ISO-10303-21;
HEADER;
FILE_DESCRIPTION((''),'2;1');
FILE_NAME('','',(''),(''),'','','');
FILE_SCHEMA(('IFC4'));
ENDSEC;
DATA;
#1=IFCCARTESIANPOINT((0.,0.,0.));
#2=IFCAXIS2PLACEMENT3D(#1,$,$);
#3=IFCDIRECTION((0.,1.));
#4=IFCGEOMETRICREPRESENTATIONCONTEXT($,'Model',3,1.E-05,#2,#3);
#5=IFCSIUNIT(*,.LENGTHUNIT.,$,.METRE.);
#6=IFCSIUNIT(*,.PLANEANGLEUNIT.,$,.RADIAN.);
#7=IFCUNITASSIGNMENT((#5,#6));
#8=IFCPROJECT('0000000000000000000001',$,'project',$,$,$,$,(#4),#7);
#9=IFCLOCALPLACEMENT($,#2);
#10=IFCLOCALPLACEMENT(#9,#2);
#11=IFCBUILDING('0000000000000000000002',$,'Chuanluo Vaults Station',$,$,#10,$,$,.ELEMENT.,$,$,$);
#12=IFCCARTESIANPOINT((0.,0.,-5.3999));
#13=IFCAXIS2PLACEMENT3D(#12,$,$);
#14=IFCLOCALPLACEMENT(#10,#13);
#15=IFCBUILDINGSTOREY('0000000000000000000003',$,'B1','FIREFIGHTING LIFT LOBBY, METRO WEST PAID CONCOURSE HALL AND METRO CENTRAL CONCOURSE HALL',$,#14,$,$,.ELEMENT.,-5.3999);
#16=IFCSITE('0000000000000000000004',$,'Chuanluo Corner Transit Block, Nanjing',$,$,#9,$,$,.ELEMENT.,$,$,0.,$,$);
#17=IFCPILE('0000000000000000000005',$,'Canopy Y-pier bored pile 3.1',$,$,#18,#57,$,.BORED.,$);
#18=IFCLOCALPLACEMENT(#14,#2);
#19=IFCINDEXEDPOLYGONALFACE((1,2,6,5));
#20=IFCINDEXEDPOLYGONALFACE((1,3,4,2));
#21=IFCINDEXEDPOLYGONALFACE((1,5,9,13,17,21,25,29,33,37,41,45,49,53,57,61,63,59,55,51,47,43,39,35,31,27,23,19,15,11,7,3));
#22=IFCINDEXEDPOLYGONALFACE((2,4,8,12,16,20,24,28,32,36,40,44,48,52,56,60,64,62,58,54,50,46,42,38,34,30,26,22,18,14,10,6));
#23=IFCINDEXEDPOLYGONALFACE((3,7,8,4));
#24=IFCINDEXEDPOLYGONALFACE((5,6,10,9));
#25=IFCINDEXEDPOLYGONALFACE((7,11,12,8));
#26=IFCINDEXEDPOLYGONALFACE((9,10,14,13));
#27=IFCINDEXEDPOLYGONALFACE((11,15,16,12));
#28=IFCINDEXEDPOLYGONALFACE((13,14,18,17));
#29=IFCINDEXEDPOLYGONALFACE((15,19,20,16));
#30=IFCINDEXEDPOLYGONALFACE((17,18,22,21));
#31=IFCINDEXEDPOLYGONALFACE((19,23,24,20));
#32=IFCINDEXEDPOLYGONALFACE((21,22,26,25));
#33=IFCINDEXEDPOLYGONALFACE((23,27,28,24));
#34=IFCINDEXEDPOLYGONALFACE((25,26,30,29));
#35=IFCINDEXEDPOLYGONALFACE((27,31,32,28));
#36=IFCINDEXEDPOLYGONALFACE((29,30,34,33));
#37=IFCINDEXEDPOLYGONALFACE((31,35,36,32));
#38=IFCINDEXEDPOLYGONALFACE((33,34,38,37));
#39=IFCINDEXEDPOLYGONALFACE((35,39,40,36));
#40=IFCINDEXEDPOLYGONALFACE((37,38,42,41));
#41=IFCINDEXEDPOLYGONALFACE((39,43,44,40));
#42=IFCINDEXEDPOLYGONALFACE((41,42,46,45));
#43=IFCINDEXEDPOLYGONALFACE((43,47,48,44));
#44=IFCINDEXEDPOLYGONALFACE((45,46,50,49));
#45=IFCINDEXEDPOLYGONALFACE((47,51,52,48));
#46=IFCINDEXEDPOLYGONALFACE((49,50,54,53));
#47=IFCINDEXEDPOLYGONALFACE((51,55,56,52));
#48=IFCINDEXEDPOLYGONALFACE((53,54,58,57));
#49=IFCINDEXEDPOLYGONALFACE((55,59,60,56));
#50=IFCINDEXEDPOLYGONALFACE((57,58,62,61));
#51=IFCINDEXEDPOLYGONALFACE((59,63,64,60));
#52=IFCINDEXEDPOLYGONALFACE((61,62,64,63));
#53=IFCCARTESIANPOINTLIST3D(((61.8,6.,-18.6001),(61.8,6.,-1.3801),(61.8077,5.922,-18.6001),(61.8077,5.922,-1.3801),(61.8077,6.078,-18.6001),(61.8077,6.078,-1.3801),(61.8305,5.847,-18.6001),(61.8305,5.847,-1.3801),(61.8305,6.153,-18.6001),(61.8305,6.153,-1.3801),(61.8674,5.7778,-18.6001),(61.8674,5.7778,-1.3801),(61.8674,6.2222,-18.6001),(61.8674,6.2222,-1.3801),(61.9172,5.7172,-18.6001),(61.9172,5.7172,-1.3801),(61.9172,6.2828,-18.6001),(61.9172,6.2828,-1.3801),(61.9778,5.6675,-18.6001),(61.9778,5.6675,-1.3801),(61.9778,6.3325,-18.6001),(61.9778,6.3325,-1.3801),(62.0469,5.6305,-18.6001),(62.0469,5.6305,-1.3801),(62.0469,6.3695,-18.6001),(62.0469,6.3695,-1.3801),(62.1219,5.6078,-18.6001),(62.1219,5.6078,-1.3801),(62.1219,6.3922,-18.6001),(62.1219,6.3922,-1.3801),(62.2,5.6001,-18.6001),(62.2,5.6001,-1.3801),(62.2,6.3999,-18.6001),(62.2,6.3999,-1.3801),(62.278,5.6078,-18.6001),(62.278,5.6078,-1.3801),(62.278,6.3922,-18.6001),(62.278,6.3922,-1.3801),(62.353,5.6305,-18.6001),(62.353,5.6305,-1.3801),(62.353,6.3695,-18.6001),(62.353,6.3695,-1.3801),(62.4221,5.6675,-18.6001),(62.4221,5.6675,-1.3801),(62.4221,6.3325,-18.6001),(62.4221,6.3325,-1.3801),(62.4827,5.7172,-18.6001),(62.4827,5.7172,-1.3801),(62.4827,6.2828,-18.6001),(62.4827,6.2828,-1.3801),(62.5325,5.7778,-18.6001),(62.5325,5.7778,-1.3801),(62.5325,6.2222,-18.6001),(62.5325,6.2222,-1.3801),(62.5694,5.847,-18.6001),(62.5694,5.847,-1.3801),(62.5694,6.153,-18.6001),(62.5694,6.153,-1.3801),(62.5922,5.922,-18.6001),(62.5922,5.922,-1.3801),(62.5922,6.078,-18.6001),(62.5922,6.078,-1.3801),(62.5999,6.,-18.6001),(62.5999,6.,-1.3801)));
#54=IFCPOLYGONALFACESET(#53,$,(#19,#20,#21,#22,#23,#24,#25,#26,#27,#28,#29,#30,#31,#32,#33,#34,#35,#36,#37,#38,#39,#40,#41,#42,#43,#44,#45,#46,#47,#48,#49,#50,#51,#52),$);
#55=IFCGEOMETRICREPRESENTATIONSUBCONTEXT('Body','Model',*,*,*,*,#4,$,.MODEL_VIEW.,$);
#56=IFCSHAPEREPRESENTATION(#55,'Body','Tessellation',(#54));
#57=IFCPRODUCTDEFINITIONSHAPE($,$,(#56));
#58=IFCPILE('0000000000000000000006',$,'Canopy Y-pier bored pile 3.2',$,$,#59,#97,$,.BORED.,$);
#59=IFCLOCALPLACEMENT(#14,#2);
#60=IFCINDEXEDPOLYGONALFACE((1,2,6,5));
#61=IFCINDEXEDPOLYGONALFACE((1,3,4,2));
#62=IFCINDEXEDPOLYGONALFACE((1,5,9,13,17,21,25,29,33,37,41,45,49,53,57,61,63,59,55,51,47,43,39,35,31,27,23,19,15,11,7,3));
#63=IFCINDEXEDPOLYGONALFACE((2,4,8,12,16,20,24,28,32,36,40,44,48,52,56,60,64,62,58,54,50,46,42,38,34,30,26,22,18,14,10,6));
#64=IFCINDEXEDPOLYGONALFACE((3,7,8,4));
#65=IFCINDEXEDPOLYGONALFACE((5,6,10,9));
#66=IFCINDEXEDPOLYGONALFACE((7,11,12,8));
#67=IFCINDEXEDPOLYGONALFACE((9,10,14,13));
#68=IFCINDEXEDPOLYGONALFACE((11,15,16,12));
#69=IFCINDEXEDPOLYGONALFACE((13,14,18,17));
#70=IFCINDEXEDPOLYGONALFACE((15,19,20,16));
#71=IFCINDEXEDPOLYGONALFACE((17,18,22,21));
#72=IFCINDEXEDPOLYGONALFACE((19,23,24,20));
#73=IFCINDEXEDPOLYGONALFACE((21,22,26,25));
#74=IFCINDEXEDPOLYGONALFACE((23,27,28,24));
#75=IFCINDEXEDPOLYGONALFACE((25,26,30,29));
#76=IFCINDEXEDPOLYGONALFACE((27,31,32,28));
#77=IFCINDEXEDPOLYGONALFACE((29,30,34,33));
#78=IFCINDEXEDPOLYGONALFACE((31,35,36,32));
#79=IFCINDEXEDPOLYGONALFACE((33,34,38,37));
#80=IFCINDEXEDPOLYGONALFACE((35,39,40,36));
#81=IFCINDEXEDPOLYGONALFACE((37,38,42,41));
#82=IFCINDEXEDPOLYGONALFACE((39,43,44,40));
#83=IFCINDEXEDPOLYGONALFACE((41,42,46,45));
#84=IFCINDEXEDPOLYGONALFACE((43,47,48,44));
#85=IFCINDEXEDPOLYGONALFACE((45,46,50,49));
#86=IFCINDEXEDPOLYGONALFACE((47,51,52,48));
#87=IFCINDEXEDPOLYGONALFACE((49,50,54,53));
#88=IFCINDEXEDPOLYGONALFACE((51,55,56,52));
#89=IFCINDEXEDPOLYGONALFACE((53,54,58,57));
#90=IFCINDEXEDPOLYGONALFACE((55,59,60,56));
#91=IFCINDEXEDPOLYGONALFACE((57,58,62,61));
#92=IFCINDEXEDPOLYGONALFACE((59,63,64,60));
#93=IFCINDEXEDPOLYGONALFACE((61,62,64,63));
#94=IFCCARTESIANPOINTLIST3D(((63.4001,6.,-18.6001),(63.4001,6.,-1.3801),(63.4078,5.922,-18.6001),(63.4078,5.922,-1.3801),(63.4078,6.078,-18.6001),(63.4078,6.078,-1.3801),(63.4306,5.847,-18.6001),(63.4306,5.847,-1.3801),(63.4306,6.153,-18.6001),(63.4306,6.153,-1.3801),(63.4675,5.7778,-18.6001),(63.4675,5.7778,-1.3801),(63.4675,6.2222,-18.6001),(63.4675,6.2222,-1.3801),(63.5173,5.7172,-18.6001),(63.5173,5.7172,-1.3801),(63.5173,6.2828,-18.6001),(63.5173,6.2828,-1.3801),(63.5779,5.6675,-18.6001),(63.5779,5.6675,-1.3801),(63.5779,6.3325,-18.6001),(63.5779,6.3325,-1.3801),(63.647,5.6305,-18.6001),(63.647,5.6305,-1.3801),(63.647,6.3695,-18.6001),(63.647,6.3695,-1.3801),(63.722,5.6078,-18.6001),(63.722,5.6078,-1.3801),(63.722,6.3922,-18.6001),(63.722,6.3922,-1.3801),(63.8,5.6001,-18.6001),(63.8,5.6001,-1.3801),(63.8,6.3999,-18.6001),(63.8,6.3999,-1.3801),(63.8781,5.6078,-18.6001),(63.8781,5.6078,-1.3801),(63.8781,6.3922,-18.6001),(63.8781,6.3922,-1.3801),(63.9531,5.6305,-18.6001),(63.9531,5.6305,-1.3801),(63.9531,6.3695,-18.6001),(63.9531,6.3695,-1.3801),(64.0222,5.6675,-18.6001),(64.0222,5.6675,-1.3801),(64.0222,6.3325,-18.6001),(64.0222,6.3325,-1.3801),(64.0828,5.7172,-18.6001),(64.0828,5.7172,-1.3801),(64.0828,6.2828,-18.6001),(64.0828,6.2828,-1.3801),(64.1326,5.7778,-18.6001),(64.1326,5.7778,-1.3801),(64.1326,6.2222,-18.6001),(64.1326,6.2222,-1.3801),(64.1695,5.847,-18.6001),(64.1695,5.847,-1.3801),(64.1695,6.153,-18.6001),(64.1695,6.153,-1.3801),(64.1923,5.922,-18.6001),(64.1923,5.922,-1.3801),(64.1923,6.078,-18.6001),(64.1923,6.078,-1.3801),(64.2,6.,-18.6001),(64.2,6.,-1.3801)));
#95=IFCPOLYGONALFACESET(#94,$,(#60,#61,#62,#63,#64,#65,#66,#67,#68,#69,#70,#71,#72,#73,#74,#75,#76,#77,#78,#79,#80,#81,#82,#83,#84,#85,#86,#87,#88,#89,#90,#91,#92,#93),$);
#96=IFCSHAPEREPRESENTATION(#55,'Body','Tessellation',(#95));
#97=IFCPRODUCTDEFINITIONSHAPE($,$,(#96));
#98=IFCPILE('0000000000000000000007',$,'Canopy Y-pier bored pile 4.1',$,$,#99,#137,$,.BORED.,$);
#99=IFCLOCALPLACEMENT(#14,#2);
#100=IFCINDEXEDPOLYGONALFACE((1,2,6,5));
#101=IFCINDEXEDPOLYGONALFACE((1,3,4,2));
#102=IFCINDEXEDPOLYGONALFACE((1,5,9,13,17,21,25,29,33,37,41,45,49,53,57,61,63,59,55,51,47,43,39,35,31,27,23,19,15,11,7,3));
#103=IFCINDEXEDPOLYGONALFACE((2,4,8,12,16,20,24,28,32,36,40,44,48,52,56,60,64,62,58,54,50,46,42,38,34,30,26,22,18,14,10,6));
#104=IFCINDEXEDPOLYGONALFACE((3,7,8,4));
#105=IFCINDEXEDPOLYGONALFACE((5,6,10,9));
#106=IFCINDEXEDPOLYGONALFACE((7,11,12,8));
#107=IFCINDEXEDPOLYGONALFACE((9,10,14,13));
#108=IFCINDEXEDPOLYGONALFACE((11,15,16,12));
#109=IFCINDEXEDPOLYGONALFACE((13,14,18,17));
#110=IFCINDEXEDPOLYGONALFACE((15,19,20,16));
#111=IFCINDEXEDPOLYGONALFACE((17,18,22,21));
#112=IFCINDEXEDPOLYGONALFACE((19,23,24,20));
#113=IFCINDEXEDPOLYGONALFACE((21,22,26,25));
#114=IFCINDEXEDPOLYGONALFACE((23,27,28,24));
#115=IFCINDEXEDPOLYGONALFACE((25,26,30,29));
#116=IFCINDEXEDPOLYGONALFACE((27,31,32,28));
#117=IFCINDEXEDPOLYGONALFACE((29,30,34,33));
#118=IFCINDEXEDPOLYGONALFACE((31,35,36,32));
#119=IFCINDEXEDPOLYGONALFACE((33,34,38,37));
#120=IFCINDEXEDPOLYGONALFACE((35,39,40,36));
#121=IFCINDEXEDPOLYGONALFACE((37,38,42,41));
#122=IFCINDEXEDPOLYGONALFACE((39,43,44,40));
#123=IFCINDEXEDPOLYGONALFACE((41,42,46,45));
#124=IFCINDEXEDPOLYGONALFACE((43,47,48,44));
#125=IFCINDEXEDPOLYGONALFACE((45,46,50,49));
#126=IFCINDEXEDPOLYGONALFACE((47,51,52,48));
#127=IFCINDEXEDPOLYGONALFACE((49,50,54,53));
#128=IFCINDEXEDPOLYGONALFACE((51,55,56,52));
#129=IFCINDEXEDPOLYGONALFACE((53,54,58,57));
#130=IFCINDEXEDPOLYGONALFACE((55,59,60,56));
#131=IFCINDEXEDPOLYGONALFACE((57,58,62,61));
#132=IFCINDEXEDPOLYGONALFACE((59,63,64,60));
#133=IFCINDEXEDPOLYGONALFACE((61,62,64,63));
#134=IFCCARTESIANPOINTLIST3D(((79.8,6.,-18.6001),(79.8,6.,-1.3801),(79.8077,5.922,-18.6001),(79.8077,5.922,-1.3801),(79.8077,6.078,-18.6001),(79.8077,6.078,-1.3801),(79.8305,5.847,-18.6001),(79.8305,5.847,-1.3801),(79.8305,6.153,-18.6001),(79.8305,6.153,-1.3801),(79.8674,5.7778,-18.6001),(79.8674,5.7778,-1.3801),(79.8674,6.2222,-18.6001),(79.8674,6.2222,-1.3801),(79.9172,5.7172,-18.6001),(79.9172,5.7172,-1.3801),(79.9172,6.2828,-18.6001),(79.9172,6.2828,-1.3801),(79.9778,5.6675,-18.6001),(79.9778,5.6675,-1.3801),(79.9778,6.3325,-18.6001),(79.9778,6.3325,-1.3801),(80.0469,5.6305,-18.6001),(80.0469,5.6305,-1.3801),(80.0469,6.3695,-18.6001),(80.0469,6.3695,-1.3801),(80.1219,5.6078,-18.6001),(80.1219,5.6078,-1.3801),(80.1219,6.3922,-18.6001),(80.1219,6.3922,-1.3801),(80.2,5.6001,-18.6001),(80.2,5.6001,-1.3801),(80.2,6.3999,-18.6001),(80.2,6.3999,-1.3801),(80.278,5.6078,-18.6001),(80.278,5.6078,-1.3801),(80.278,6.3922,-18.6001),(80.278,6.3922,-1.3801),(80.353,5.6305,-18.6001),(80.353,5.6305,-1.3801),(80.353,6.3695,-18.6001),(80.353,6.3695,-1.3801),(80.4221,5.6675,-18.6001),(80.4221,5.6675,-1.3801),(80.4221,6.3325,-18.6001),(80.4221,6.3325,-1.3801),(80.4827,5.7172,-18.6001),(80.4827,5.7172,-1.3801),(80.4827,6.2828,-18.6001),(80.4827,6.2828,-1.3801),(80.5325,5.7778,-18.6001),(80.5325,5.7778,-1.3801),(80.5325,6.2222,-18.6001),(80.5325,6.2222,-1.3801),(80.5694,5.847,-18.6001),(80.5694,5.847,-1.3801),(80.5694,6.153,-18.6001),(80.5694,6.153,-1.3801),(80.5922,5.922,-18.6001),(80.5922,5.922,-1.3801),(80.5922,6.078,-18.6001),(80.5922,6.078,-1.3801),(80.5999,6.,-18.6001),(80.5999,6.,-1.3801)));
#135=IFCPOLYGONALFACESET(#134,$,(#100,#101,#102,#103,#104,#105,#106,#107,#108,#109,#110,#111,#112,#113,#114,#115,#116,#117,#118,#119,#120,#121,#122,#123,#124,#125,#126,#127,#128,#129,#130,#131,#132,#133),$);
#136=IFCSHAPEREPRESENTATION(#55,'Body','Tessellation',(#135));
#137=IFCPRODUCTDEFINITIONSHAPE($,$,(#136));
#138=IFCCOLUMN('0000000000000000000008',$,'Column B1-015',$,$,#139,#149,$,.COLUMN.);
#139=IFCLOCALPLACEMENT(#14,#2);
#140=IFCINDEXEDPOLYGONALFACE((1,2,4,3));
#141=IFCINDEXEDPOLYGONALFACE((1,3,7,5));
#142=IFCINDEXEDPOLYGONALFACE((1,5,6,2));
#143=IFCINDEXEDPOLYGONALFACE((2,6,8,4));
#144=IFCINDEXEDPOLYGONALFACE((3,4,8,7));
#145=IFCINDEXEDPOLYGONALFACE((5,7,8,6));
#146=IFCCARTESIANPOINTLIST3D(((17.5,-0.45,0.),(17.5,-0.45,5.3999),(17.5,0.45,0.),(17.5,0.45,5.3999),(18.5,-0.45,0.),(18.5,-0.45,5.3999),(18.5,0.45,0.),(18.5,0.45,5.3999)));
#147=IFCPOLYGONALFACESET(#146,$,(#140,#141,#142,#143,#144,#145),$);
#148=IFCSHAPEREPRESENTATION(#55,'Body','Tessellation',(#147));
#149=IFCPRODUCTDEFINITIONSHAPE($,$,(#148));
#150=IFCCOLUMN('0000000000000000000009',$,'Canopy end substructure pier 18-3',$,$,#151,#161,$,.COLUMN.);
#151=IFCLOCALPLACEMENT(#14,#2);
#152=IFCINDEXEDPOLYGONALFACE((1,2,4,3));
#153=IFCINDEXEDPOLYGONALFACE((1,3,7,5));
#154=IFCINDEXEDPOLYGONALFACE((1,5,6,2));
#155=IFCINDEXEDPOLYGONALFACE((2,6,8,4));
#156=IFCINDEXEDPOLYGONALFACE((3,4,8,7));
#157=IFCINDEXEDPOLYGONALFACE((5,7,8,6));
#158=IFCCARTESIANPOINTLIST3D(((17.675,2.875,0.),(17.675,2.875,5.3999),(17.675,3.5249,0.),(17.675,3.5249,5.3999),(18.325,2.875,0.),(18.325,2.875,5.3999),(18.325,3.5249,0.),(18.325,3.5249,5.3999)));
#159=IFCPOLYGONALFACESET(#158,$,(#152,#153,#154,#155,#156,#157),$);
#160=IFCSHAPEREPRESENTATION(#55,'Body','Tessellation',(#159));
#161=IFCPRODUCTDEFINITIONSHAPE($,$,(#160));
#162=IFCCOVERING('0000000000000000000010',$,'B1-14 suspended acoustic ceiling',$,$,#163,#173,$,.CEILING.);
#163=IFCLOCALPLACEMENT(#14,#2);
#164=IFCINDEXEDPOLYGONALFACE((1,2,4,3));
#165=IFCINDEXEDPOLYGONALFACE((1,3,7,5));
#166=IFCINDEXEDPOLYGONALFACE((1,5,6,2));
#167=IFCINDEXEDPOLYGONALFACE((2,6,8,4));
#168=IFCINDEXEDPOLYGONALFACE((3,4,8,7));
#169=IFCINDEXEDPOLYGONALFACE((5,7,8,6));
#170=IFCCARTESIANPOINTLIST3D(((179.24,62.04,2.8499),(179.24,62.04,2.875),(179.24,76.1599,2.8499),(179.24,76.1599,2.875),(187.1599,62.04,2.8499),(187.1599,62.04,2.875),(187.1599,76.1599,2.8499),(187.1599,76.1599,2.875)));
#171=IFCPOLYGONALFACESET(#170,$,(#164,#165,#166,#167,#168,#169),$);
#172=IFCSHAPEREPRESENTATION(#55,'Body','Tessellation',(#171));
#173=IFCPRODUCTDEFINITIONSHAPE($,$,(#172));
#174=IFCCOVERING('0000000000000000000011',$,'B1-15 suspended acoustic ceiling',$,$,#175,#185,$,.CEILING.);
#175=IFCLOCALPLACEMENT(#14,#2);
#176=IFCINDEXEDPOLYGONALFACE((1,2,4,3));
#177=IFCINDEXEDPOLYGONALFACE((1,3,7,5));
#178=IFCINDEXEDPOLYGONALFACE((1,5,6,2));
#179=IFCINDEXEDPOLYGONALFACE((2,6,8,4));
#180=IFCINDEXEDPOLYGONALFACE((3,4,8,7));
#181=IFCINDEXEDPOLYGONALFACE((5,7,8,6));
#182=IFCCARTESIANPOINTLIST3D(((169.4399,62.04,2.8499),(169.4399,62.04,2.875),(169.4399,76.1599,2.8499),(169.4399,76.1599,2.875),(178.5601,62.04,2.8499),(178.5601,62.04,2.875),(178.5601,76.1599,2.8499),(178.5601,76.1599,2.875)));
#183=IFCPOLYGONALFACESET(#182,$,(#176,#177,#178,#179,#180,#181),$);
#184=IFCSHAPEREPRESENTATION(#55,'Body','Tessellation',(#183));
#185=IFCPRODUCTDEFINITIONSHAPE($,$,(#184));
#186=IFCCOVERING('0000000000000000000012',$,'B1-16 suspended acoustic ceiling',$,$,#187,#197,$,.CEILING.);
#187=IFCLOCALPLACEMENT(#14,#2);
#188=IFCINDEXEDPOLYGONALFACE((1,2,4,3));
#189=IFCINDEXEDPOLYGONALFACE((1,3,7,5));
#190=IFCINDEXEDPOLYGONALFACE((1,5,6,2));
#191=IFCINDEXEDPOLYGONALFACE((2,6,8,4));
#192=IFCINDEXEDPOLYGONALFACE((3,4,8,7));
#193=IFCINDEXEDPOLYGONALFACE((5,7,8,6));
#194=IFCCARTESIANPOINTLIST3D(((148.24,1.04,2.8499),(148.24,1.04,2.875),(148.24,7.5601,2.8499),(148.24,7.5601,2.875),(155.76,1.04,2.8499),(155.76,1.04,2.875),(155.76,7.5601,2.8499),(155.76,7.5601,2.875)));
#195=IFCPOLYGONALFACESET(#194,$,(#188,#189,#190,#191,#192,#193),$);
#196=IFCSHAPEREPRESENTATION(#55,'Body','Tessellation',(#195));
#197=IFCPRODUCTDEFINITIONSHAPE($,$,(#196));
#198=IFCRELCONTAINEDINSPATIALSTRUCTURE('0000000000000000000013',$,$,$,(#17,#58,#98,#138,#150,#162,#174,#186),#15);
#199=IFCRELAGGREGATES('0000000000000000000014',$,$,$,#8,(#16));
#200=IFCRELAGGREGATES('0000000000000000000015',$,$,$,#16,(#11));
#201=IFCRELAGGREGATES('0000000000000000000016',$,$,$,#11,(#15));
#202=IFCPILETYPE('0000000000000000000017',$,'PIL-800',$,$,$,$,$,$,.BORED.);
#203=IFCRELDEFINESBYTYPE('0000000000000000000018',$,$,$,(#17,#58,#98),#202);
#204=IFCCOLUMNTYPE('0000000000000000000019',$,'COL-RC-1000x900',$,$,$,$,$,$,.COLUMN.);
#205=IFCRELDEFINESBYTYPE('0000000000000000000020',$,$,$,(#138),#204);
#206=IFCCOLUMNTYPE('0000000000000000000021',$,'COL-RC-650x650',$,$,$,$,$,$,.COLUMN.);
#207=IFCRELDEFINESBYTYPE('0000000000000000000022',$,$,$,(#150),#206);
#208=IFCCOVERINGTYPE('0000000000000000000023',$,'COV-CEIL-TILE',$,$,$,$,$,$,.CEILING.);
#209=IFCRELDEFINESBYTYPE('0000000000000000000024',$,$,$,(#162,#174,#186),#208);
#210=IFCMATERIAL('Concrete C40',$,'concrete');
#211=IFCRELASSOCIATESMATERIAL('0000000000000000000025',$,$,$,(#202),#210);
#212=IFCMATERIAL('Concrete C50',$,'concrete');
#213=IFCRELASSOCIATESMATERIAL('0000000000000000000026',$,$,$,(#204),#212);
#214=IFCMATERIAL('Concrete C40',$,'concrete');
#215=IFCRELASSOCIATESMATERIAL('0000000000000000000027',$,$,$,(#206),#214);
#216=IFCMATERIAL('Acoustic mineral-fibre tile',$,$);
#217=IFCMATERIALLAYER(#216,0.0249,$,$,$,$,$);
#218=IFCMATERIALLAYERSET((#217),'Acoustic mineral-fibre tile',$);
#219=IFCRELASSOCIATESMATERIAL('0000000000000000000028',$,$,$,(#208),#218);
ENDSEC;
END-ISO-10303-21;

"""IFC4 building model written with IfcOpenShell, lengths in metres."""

from ifc_helpers import new_model, si_unit, direction, frame, origin, origin_2d, place, context, subcontext, project, spatial, polyline, rectangle, circle, outline, extrude, material, layer, layer_set, material_profile, profile_set, type_object, element, save


model = new_model("IFC4")

# Units and contexts
model_context = context("Model", 3, precision=1e-05, world=origin(), true_north=direction((0.0, 1.0)))
body_context = subcontext(model_context, "Body", "Model", "MODEL_VIEW")
ifc_project = project(units=[si_unit("LENGTHUNIT", "METRE"), si_unit("PLANEANGLEUNIT", "RADIAN")], contexts=[model_context])

# Site, building, storey
site_placement = place(None, origin())
site = spatial("IfcSite", under=ifc_project, at=site_placement, Name="Chuanluo Corner Transit Block, Nanjing", CompositionType="ELEMENT", RefElevation=0.0)
building_placement = place(site_placement, origin())
building = spatial("IfcBuilding", under=site, at=building_placement, Name="Chuanluo Vaults Station", CompositionType="ELEMENT")
storey_placement = place(building_placement, frame((0.0, 0.0, -5.3999)))
storey = spatial("IfcBuildingStorey", under=building, at=storey_placement, Name="B1", Description="FIREFIGHTING LIFT LOBBY, METRO WEST PAID CONCOURSE HALL AND METRO CENTRAL CONCOURSE HALL", CompositionType="ELEMENT", Elevation=-5.3999)

# Piles
ifc_material_1 = material(Name="Concrete C40", Category="concrete")
ifc_material_profile_1 = material_profile(ifc_material_1, circle(Radius=0.3999, at=origin_2d()))
ifc_profile_set_1 = profile_set([ifc_material_profile_1], Name="Concrete C40")
pile_type_1 = type_object("IfcPileType", Name="PIL-800", PredefinedType="BORED", material=ifc_profile_set_1)
for number, where, z_axis, x_axis, name in (
    (1, (62.2, 6.0, -1.3801), (0.0, 0.0, -1.0), (1.0, 0.0, 0.0), "Canopy Y-pier bored pile 3.1"),
    (2, (63.8, 6.0, -1.3801), (0.0, 0.0, -1.0), (1.0, 0.0, 0.0), "Canopy Y-pier bored pile 3.2"),
    (3, (80.2, 6.0, -1.3801), (0.0, 0.0, -1.0), (1.0, 0.0, 0.0), "Canopy Y-pier bored pile 4.1"),
):
    element("IfcPile", number, at=place(storey_placement, frame(where, z_axis=z_axis, x_axis=x_axis)), inside=storey, type_object=pile_type_1, Name=name, PredefinedType="BORED", context=body_context, shape_type="SweptSolid", body=[
        extrude(circle(Radius=0.3999, at=origin_2d()), origin(), (0.0, 0.0, 1.0), 17.22),
    ])

# Columns
ifc_material_2 = material(Name="Concrete C50", Category="concrete")
ifc_material_profile_2 = material_profile(ifc_material_2, rectangle(XDim=1.0, YDim=0.8999, at=origin_2d()))
ifc_profile_set_2 = profile_set([ifc_material_profile_2], Name="Concrete C50")
column_type_1 = type_object("IfcColumnType", Name="COL-RC-1000x900", PredefinedType="COLUMN", material=ifc_profile_set_2)
column_1_placement = place(storey_placement, frame((18.0, 0.0, 0.0), z_axis=(0.0, 0.0, 1.0), x_axis=(1.0, 0.0, 0.0)))
element("IfcColumn", 4, at=column_1_placement, inside=storey, type_object=column_type_1, Name="Column B1-015", PredefinedType="COLUMN", context=body_context, shape_type="SweptSolid", body=[
    extrude(rectangle(XDim=1.0, YDim=0.8999, at=origin_2d()), origin(), (0.0, 0.0, 1.0), 5.3999),
])
ifc_material_3 = material(Name="Concrete C40", Category="concrete")
ifc_material_profile_3 = material_profile(ifc_material_3, rectangle(XDim=0.6499, YDim=0.6499, at=origin_2d()))
ifc_profile_set_3 = profile_set([ifc_material_profile_3], Name="Concrete C40")
column_type_2 = type_object("IfcColumnType", Name="COL-RC-650x650", PredefinedType="COLUMN", material=ifc_profile_set_3)
column_2_placement = place(storey_placement, frame((18.0, 3.2, 0.0), z_axis=(0.0, 0.0, 1.0), x_axis=(1.0, 0.0, 0.0)))
element("IfcColumn", 5, at=column_2_placement, inside=storey, type_object=column_type_2, Name="Canopy end substructure pier 18-3", PredefinedType="COLUMN", context=body_context, shape_type="SweptSolid", body=[
    extrude(rectangle(XDim=0.6499, YDim=0.6499, at=origin_2d()), origin(), (0.0, 0.0, 1.0), 5.3999),
])

# Coverings
ifc_material_4 = material(Name="Acoustic mineral-fibre tile")
ifc_layer = layer(ifc_material_4, 0.0249)
ifc_layer_set = layer_set([ifc_layer], Name="Acoustic mineral-fibre tile")
covering_type = type_object("IfcCoveringType", Name="COV-CEIL-TILE", PredefinedType="CEILING", material=ifc_layer_set)
covering_1_placement = place(storey_placement, frame((0.0, 0.0, 2.8499)))
element("IfcCovering", 6, at=covering_1_placement, inside=storey, type_object=covering_type, Name="B1-14 suspended acoustic ceiling", PredefinedType="CEILING", context=body_context, shape_type="SweptSolid", body=[
    extrude(outline(polyline([(179.24, 62.04), (187.1599, 62.04), (187.1599, 76.1599), (179.24, 76.1599), (179.24, 62.04)])), origin(), (0.0, 0.0, 1.0), 0.0251),
])
covering_2_placement = place(storey_placement, frame((0.0, 0.0, 2.8499)))
element("IfcCovering", 7, at=covering_2_placement, inside=storey, type_object=covering_type, Name="B1-15 suspended acoustic ceiling", PredefinedType="CEILING", context=body_context, shape_type="SweptSolid", body=[
    extrude(outline(polyline([(169.4399, 62.04), (178.5601, 62.04), (178.5601, 76.1599), (169.4399, 76.1599), (169.4399, 62.04)])), origin(), (0.0, 0.0, 1.0), 0.0251),
])
covering_3_placement = place(storey_placement, frame((0.0, 0.0, 2.8499)))
element("IfcCovering", 8, at=covering_3_placement, inside=storey, type_object=covering_type, Name="B1-16 suspended acoustic ceiling", PredefinedType="CEILING", context=body_context, shape_type="SweptSolid", body=[
    extrude(outline(polyline([(148.24, 1.04), (155.76, 1.04), (155.76, 7.5601), (148.24, 7.5601), (148.24, 1.04)])), origin(), (0.0, 0.0, 1.0), 0.0251),
])

save(model, "model.ifc")
